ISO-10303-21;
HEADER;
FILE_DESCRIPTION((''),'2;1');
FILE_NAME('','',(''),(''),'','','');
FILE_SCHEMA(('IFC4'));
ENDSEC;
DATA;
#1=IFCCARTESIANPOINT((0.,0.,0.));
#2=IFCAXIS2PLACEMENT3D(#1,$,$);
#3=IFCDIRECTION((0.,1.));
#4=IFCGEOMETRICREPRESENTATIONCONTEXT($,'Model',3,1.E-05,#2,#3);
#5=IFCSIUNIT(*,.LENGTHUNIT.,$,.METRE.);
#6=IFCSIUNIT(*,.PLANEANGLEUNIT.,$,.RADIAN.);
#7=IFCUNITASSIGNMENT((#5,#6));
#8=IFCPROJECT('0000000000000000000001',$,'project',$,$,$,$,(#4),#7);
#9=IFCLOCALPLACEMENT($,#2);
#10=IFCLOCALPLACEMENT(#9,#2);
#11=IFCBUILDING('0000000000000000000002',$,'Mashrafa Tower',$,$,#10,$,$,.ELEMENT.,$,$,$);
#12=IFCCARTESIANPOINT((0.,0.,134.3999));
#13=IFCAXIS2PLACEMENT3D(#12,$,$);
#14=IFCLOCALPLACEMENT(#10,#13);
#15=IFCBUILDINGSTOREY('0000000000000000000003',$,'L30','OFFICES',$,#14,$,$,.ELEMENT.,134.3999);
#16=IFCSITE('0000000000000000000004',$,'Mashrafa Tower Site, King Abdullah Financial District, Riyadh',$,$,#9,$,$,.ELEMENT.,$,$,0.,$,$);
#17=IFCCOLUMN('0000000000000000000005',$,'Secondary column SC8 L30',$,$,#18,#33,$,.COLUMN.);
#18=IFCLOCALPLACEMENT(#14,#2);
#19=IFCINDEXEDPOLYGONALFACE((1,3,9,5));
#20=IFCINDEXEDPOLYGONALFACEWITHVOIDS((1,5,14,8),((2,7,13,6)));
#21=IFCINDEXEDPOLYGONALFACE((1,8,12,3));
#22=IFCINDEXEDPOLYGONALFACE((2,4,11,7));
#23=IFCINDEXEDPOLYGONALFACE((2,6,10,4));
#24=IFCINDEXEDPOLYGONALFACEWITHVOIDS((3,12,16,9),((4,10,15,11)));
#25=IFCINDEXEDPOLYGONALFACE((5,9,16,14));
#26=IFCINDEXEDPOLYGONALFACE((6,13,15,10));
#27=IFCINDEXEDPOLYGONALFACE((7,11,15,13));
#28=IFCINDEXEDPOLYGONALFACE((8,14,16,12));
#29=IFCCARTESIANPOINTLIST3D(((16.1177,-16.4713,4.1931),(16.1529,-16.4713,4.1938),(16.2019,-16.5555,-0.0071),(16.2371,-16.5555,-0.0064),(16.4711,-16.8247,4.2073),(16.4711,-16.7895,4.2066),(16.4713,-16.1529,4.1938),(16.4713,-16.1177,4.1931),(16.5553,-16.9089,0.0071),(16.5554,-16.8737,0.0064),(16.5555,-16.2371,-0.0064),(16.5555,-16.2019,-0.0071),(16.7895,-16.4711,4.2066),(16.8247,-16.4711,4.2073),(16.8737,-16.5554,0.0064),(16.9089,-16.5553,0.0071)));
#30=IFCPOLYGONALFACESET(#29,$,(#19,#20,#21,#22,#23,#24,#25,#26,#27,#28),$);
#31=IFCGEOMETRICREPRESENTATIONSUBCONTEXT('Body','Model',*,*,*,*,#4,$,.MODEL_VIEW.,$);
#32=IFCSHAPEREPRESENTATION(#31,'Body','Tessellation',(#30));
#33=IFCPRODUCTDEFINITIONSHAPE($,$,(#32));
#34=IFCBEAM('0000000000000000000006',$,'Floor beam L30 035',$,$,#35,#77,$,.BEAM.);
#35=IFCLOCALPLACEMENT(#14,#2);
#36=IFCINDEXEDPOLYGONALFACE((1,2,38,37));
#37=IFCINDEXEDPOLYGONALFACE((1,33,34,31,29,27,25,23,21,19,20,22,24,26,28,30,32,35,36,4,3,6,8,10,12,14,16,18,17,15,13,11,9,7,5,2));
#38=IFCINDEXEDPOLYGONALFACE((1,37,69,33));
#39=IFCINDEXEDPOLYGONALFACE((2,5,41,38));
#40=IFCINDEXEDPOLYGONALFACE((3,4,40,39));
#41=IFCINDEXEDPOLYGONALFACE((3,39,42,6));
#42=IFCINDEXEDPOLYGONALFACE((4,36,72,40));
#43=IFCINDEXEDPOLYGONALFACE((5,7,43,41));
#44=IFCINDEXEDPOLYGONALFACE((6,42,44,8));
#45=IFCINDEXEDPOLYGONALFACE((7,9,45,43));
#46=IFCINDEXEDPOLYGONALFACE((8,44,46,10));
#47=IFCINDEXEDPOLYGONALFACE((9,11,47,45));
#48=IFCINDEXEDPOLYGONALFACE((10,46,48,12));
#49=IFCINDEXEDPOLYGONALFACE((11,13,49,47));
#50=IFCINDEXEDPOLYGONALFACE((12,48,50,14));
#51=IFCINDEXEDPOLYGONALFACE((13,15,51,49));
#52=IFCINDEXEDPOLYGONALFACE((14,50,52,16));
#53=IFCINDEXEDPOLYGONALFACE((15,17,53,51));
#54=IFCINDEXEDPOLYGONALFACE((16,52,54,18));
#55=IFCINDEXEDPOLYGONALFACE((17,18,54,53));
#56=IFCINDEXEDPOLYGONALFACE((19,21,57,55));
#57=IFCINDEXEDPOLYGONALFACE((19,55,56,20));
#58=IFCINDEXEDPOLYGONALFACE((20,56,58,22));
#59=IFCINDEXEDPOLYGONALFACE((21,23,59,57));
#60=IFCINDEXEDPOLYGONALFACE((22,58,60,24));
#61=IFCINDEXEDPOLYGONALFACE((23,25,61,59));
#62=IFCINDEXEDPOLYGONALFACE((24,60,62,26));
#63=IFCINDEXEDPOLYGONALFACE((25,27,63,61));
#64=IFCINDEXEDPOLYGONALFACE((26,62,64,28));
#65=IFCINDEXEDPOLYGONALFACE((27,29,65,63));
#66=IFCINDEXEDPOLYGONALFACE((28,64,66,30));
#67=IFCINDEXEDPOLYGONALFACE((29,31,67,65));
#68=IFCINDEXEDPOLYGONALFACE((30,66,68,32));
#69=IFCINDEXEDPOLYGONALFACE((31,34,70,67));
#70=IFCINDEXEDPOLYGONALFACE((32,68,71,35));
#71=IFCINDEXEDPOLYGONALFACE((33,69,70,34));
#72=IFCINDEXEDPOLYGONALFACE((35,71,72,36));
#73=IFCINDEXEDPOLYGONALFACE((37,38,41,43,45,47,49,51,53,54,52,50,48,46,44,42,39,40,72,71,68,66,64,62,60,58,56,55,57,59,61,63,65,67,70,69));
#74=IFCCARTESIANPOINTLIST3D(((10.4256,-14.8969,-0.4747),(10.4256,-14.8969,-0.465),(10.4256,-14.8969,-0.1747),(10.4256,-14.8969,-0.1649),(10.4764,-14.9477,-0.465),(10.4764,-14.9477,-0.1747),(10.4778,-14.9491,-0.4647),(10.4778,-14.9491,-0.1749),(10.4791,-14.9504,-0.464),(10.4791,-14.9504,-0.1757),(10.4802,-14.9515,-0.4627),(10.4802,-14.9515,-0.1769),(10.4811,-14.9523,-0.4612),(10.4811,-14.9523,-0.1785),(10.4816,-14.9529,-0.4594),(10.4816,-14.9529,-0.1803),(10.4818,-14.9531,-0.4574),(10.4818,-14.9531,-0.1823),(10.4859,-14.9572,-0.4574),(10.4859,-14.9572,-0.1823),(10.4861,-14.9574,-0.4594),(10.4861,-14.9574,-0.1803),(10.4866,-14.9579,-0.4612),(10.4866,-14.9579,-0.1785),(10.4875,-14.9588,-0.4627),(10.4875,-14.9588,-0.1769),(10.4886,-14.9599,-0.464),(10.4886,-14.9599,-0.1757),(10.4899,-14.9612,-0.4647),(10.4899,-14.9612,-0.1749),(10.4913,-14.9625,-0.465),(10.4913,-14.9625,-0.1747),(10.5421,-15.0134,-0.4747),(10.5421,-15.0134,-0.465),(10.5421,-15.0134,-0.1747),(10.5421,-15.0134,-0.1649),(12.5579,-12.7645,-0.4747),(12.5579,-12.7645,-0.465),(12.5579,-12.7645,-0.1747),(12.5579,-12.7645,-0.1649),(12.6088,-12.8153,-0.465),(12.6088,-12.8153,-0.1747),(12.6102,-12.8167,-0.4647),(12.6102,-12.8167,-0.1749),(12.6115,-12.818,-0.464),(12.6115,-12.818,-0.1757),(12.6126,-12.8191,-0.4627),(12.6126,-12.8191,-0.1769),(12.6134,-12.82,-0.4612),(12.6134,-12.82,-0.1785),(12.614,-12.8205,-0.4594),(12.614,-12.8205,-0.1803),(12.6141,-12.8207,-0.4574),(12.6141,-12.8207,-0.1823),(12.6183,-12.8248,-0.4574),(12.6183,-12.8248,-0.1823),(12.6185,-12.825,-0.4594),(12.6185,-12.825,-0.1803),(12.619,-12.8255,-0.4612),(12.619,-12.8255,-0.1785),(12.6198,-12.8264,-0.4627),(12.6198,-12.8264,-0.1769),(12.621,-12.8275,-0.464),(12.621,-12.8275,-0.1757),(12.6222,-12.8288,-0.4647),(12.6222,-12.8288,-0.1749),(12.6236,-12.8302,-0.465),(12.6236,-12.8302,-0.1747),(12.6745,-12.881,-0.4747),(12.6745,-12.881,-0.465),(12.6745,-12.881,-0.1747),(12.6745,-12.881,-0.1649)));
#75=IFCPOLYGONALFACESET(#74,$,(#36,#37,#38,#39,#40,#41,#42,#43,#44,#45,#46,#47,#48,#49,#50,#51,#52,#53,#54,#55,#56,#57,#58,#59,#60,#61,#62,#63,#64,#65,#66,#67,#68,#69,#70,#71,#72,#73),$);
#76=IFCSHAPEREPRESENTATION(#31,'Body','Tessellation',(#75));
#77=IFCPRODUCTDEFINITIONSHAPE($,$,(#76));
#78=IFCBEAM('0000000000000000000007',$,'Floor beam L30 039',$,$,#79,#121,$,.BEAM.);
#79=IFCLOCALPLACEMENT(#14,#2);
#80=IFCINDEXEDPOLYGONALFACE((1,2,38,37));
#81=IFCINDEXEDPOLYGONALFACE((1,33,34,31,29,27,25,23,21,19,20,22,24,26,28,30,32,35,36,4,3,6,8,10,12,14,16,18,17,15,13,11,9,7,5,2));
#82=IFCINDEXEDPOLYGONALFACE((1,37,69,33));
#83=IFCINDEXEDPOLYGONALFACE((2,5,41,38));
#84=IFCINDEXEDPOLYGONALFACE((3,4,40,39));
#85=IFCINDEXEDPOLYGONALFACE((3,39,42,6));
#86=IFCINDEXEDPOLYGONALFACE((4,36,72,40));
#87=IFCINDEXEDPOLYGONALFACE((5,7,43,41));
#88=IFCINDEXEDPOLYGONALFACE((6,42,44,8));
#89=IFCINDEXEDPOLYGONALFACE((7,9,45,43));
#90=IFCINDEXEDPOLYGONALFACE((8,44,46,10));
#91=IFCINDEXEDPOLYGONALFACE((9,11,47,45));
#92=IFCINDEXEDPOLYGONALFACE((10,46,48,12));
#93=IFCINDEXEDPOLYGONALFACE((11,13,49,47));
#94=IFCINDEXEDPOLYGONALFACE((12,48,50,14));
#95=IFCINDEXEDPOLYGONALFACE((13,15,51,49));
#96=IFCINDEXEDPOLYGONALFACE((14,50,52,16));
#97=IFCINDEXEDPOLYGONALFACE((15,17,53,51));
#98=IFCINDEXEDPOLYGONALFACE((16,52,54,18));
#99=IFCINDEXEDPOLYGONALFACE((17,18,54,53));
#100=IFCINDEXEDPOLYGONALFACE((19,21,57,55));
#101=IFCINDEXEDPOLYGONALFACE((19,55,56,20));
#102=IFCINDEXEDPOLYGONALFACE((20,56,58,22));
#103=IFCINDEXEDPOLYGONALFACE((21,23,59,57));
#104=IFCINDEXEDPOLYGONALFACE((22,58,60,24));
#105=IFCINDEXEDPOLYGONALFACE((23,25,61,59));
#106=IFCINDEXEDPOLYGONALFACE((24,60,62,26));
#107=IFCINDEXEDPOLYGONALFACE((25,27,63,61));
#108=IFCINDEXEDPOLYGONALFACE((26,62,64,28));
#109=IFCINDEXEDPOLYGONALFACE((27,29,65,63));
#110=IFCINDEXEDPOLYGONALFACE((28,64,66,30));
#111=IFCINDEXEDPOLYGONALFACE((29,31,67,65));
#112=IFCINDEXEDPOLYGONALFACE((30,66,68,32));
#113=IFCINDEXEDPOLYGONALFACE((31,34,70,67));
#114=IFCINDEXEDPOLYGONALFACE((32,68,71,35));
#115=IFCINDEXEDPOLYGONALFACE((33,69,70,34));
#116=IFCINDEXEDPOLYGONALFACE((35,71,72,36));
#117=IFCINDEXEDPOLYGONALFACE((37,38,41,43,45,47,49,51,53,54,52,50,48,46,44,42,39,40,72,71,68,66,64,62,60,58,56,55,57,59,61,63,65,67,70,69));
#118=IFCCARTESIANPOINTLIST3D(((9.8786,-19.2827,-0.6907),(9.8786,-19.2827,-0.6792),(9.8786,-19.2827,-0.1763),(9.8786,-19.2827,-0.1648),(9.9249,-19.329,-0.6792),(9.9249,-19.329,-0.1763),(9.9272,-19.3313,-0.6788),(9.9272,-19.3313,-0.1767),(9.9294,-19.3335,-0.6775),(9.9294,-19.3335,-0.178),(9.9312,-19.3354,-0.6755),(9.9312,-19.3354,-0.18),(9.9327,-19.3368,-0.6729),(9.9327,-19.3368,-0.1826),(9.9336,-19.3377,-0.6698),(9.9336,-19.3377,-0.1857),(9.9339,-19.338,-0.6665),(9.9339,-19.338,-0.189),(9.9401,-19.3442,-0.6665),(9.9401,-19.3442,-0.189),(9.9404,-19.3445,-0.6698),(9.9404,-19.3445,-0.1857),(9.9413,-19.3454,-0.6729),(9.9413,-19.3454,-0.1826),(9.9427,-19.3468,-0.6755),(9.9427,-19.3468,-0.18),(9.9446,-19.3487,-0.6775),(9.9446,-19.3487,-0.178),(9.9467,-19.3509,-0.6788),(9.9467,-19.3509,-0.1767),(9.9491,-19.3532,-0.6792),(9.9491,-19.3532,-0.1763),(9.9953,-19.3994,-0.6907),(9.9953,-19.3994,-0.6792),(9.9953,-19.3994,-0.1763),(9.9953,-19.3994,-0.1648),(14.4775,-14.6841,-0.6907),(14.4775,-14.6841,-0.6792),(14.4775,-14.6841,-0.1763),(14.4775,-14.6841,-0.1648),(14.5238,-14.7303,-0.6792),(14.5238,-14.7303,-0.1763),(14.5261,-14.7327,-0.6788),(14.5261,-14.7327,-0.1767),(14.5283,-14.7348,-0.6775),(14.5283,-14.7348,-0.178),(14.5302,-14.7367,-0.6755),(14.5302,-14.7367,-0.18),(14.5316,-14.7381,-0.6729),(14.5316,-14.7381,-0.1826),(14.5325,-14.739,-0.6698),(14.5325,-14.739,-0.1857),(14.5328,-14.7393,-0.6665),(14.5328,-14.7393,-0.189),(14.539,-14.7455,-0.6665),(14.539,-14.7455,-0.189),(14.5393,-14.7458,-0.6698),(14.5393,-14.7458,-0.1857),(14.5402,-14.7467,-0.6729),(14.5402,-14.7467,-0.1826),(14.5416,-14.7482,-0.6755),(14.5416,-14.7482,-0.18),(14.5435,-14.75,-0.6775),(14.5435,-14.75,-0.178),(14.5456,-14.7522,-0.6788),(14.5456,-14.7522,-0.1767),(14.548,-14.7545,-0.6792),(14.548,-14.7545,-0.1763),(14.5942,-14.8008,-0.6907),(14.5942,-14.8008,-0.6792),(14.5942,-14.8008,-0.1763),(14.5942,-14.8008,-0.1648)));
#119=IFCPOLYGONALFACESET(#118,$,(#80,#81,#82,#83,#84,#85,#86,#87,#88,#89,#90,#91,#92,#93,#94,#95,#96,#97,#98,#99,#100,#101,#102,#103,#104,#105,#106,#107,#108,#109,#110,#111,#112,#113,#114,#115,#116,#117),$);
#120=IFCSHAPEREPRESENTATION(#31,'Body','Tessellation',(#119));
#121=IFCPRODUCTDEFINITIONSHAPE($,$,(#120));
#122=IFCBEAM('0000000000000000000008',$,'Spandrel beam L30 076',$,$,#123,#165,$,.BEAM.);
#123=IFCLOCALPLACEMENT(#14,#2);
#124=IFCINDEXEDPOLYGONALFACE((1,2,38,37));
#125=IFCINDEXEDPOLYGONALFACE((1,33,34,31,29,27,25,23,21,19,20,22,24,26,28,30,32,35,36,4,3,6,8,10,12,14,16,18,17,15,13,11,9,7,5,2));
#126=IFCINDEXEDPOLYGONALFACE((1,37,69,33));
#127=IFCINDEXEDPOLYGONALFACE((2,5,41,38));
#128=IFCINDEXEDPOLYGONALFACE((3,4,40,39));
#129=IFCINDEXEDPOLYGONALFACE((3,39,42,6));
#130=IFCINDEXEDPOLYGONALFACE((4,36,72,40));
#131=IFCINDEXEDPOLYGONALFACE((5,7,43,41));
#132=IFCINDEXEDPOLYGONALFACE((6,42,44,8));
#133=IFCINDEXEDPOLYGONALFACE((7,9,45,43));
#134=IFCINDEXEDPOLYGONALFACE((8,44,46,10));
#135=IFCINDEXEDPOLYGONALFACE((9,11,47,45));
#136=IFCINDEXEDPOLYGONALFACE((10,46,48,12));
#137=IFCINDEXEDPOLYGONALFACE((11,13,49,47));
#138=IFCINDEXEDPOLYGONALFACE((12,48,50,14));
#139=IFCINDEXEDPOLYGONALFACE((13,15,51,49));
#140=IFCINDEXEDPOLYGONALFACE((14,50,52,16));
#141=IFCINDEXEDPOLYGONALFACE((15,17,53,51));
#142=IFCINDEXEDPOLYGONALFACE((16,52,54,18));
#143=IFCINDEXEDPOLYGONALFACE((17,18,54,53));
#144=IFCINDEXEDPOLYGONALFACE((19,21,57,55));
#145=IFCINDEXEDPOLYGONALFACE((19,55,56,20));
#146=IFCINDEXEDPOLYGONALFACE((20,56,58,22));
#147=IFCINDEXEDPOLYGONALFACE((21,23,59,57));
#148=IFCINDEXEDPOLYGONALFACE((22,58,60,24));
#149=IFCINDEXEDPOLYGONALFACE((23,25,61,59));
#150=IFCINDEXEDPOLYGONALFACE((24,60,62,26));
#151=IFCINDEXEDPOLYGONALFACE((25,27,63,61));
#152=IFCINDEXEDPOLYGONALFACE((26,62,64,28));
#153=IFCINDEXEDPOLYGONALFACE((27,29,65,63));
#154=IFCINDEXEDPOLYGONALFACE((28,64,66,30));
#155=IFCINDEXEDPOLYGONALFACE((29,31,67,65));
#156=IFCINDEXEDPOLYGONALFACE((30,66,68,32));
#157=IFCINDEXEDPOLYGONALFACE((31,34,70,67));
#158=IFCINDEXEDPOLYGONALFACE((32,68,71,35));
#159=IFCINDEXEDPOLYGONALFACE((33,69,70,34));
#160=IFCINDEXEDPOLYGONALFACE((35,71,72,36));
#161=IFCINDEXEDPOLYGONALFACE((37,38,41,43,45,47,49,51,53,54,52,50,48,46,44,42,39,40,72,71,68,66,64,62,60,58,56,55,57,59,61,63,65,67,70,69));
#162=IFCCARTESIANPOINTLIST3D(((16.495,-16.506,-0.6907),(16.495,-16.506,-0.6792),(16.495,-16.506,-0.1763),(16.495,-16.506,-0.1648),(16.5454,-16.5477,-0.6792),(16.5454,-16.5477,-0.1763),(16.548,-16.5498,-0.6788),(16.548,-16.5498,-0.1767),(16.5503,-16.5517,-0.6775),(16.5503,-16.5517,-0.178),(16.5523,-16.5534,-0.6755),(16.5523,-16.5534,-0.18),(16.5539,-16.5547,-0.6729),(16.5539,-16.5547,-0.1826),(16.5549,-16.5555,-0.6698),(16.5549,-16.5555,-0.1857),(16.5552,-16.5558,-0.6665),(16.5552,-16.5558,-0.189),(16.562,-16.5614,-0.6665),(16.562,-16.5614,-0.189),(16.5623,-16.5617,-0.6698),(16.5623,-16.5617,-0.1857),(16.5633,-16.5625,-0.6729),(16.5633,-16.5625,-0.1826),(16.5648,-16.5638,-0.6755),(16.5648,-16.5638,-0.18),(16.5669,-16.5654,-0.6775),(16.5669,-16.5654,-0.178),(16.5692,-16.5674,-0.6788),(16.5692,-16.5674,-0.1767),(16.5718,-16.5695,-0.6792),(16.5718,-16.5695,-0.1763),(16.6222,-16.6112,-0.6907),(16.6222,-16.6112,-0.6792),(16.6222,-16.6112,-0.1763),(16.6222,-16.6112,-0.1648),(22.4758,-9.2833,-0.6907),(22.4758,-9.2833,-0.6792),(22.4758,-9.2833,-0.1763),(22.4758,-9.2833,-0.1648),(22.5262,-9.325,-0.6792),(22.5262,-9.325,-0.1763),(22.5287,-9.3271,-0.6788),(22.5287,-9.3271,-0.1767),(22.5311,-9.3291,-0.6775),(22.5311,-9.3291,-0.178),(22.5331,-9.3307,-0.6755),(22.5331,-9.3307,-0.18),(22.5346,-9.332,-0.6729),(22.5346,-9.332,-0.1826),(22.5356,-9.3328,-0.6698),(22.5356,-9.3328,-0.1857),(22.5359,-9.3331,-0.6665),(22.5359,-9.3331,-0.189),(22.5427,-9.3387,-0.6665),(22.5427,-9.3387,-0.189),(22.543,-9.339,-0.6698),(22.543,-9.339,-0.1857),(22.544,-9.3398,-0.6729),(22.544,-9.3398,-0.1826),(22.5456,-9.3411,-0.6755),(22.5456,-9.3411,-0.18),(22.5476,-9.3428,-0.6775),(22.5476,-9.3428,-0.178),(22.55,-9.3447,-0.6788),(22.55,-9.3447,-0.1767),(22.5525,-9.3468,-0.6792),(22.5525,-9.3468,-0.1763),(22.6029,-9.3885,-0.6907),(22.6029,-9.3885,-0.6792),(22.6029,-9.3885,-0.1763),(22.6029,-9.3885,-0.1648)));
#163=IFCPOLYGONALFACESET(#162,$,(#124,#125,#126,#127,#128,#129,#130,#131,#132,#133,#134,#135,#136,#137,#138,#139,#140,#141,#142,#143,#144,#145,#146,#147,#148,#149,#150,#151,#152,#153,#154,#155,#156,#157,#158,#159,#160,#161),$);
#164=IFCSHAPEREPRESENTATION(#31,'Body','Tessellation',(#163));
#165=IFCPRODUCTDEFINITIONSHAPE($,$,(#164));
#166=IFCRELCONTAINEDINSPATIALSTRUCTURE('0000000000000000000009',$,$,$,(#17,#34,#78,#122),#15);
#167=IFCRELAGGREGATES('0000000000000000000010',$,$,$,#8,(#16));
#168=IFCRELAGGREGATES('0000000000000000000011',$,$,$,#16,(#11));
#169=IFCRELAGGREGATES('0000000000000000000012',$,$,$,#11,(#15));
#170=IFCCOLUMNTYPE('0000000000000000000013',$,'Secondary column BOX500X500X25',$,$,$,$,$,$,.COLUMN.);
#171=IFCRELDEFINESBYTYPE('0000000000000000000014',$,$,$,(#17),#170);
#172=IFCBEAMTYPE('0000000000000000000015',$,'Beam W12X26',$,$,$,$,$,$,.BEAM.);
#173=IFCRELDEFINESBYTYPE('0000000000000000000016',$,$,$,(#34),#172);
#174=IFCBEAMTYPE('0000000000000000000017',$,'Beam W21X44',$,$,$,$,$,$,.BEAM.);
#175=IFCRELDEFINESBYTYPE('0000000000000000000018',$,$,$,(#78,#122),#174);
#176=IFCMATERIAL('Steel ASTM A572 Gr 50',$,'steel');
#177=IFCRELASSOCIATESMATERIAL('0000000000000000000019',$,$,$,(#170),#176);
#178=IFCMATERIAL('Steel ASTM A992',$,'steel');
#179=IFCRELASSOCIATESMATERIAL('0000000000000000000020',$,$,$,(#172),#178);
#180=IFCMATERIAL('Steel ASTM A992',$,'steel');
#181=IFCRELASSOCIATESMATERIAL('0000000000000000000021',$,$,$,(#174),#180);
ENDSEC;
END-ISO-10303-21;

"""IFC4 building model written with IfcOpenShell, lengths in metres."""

from ifc_helpers import new_model, si_unit, direction, frame, origin, origin_2d, place, context, subcontext, project, spatial, hollow_rectangle, i_section, extrude, material, material_profile, profile_set, type_object, element, save


model = new_model("IFC4")

# Units and contexts
model_context = context("Model", 3, precision=1e-05, world=origin(), true_north=direction((0.0, 1.0)))
body_context = subcontext(model_context, "Body", "Model", "MODEL_VIEW")
ifc_project = project(units=[si_unit("LENGTHUNIT", "METRE"), si_unit("PLANEANGLEUNIT", "RADIAN")], contexts=[model_context])

# Site, building, storey
site_placement = place(None, origin())
site = spatial("IfcSite", under=ifc_project, at=site_placement, Name="Mashrafa Tower Site, King Abdullah Financial District, Riyadh", CompositionType="ELEMENT", RefElevation=0.0)
building_placement = place(site_placement, origin())
building = spatial("IfcBuilding", under=site, at=building_placement, Name="Mashrafa Tower", CompositionType="ELEMENT")
storey_placement = place(building_placement, frame((0.0, 0.0, 134.3999)))
storey = spatial("IfcBuildingStorey", under=building, at=storey_placement, Name="L30", Description="OFFICES", CompositionType="ELEMENT", Elevation=134.3999)

# Column
ifc_material_1 = material(Name="Steel ASTM A572 Gr 50", Category="steel")
ifc_material_profile_1 = material_profile(ifc_material_1, hollow_rectangle(XDim=0.5, YDim=0.5, WallThickness=0.0249, at=origin_2d()), Name="BOX500X500X25")
ifc_profile_set_1 = profile_set([ifc_material_profile_1], Name="Steel ASTM A572 Gr 50")
column_type = type_object("IfcColumnType", Name="Secondary column BOX500X500X25", PredefinedType="COLUMN", material=ifc_profile_set_1)
column_placement = place(storey_placement, frame((16.5554, -16.5554, 0.0), z_axis=(-0.020045, 0.020045, 0.999598), x_axis=(-0.707107, -0.707107, 0.0)))
element("IfcColumn", 1, at=column_placement, inside=storey, type_object=column_type, Name="Secondary column SC8 L30", PredefinedType="COLUMN", context=body_context, shape_type="SweptSolid", body=[
    extrude(hollow_rectangle(XDim=0.5, YDim=0.5, WallThickness=0.0249, at=origin_2d()), origin(), (0.0, 0.0, 1.0), 4.2019),
])

# Beams
ifc_material_2 = material(Name="Steel ASTM A992", Category="steel")
ifc_material_profile_2 = material_profile(ifc_material_2, i_section(OverallWidth=0.1648, OverallDepth=0.3098, WebThickness=0.0059, FlangeThickness=0.0098, FilletRadius=0.0076, at=origin_2d()), Name="W12X26")
ifc_profile_set_2 = profile_set([ifc_material_profile_2], Name="Steel ASTM A992")
beam_type_1 = type_object("IfcBeamType", Name="Beam W12X26", PredefinedType="BEAM", material=ifc_profile_set_2)
beam_1_placement = place(storey_placement, frame((12.6162, -12.8228, -0.3198), z_axis=(-0.707107, -0.707107, 0.0), x_axis=(0.707107, -0.707107, 0.0)))
element("IfcBeam", 2, at=beam_1_placement, inside=storey, type_object=beam_type_1, Name="Floor beam L30 035", PredefinedType="BEAM", context=body_context, shape_type="SweptSolid", body=[
    extrude(i_section(OverallWidth=0.1648, OverallDepth=0.3098, WebThickness=0.0059, FlangeThickness=0.0098, FilletRadius=0.0076, at=origin_2d()), origin(), (0.0, 0.0, 1.0), 3.0156),
])
ifc_material_3 = material(Name="Steel ASTM A992", Category="steel")
ifc_material_profile_3 = material_profile(ifc_material_3, i_section(OverallWidth=0.165, OverallDepth=0.5259, WebThickness=0.0088, FlangeThickness=0.0115, FilletRadius=0.0127, at=origin_2d()), Name="W21X44")
ifc_profile_set_3 = profile_set([ifc_material_profile_3], Name="Steel ASTM A992")
beam_type_2 = type_object("IfcBeamType", Name="Beam W21X44", PredefinedType="BEAM", material=ifc_profile_set_3)
beam_2_placement = place(storey_placement, frame((14.5359, -14.7424, -0.4277), z_axis=(-0.707126, -0.707088, 0.0), x_axis=(0.707088, -0.707126, 0.0)))
element("IfcBeam", 3, at=beam_2_placement, inside=storey, type_object=beam_type_2, Name="Floor beam L30 039", PredefinedType="BEAM", context=body_context, shape_type="SweptSolid", body=[
    extrude(i_section(OverallWidth=0.165, OverallDepth=0.5259, WebThickness=0.0088, FlangeThickness=0.0115, FilletRadius=0.0127, at=origin_2d()), origin(), (0.0, 0.0, 1.0), 6.5037),
])
beam_3_placement = place(storey_placement, frame((16.5586, -16.5586, -0.4277), z_axis=(0.637779, 0.770219, 0.0), x_axis=(-0.770219, 0.637779, 0.0)))
element("IfcBeam", 4, at=beam_3_placement, inside=storey, type_object=beam_type_2, Name="Spandrel beam L30 076", PredefinedType="BEAM", context=body_context, shape_type="SweptSolid", body=[
    extrude(i_section(OverallWidth=0.165, OverallDepth=0.5259, WebThickness=0.0088, FlangeThickness=0.0115, FilletRadius=0.0127, at=origin_2d()), origin(), (0.0, 0.0, 1.0), 9.3774),
])

save(model, "model.ifc")
